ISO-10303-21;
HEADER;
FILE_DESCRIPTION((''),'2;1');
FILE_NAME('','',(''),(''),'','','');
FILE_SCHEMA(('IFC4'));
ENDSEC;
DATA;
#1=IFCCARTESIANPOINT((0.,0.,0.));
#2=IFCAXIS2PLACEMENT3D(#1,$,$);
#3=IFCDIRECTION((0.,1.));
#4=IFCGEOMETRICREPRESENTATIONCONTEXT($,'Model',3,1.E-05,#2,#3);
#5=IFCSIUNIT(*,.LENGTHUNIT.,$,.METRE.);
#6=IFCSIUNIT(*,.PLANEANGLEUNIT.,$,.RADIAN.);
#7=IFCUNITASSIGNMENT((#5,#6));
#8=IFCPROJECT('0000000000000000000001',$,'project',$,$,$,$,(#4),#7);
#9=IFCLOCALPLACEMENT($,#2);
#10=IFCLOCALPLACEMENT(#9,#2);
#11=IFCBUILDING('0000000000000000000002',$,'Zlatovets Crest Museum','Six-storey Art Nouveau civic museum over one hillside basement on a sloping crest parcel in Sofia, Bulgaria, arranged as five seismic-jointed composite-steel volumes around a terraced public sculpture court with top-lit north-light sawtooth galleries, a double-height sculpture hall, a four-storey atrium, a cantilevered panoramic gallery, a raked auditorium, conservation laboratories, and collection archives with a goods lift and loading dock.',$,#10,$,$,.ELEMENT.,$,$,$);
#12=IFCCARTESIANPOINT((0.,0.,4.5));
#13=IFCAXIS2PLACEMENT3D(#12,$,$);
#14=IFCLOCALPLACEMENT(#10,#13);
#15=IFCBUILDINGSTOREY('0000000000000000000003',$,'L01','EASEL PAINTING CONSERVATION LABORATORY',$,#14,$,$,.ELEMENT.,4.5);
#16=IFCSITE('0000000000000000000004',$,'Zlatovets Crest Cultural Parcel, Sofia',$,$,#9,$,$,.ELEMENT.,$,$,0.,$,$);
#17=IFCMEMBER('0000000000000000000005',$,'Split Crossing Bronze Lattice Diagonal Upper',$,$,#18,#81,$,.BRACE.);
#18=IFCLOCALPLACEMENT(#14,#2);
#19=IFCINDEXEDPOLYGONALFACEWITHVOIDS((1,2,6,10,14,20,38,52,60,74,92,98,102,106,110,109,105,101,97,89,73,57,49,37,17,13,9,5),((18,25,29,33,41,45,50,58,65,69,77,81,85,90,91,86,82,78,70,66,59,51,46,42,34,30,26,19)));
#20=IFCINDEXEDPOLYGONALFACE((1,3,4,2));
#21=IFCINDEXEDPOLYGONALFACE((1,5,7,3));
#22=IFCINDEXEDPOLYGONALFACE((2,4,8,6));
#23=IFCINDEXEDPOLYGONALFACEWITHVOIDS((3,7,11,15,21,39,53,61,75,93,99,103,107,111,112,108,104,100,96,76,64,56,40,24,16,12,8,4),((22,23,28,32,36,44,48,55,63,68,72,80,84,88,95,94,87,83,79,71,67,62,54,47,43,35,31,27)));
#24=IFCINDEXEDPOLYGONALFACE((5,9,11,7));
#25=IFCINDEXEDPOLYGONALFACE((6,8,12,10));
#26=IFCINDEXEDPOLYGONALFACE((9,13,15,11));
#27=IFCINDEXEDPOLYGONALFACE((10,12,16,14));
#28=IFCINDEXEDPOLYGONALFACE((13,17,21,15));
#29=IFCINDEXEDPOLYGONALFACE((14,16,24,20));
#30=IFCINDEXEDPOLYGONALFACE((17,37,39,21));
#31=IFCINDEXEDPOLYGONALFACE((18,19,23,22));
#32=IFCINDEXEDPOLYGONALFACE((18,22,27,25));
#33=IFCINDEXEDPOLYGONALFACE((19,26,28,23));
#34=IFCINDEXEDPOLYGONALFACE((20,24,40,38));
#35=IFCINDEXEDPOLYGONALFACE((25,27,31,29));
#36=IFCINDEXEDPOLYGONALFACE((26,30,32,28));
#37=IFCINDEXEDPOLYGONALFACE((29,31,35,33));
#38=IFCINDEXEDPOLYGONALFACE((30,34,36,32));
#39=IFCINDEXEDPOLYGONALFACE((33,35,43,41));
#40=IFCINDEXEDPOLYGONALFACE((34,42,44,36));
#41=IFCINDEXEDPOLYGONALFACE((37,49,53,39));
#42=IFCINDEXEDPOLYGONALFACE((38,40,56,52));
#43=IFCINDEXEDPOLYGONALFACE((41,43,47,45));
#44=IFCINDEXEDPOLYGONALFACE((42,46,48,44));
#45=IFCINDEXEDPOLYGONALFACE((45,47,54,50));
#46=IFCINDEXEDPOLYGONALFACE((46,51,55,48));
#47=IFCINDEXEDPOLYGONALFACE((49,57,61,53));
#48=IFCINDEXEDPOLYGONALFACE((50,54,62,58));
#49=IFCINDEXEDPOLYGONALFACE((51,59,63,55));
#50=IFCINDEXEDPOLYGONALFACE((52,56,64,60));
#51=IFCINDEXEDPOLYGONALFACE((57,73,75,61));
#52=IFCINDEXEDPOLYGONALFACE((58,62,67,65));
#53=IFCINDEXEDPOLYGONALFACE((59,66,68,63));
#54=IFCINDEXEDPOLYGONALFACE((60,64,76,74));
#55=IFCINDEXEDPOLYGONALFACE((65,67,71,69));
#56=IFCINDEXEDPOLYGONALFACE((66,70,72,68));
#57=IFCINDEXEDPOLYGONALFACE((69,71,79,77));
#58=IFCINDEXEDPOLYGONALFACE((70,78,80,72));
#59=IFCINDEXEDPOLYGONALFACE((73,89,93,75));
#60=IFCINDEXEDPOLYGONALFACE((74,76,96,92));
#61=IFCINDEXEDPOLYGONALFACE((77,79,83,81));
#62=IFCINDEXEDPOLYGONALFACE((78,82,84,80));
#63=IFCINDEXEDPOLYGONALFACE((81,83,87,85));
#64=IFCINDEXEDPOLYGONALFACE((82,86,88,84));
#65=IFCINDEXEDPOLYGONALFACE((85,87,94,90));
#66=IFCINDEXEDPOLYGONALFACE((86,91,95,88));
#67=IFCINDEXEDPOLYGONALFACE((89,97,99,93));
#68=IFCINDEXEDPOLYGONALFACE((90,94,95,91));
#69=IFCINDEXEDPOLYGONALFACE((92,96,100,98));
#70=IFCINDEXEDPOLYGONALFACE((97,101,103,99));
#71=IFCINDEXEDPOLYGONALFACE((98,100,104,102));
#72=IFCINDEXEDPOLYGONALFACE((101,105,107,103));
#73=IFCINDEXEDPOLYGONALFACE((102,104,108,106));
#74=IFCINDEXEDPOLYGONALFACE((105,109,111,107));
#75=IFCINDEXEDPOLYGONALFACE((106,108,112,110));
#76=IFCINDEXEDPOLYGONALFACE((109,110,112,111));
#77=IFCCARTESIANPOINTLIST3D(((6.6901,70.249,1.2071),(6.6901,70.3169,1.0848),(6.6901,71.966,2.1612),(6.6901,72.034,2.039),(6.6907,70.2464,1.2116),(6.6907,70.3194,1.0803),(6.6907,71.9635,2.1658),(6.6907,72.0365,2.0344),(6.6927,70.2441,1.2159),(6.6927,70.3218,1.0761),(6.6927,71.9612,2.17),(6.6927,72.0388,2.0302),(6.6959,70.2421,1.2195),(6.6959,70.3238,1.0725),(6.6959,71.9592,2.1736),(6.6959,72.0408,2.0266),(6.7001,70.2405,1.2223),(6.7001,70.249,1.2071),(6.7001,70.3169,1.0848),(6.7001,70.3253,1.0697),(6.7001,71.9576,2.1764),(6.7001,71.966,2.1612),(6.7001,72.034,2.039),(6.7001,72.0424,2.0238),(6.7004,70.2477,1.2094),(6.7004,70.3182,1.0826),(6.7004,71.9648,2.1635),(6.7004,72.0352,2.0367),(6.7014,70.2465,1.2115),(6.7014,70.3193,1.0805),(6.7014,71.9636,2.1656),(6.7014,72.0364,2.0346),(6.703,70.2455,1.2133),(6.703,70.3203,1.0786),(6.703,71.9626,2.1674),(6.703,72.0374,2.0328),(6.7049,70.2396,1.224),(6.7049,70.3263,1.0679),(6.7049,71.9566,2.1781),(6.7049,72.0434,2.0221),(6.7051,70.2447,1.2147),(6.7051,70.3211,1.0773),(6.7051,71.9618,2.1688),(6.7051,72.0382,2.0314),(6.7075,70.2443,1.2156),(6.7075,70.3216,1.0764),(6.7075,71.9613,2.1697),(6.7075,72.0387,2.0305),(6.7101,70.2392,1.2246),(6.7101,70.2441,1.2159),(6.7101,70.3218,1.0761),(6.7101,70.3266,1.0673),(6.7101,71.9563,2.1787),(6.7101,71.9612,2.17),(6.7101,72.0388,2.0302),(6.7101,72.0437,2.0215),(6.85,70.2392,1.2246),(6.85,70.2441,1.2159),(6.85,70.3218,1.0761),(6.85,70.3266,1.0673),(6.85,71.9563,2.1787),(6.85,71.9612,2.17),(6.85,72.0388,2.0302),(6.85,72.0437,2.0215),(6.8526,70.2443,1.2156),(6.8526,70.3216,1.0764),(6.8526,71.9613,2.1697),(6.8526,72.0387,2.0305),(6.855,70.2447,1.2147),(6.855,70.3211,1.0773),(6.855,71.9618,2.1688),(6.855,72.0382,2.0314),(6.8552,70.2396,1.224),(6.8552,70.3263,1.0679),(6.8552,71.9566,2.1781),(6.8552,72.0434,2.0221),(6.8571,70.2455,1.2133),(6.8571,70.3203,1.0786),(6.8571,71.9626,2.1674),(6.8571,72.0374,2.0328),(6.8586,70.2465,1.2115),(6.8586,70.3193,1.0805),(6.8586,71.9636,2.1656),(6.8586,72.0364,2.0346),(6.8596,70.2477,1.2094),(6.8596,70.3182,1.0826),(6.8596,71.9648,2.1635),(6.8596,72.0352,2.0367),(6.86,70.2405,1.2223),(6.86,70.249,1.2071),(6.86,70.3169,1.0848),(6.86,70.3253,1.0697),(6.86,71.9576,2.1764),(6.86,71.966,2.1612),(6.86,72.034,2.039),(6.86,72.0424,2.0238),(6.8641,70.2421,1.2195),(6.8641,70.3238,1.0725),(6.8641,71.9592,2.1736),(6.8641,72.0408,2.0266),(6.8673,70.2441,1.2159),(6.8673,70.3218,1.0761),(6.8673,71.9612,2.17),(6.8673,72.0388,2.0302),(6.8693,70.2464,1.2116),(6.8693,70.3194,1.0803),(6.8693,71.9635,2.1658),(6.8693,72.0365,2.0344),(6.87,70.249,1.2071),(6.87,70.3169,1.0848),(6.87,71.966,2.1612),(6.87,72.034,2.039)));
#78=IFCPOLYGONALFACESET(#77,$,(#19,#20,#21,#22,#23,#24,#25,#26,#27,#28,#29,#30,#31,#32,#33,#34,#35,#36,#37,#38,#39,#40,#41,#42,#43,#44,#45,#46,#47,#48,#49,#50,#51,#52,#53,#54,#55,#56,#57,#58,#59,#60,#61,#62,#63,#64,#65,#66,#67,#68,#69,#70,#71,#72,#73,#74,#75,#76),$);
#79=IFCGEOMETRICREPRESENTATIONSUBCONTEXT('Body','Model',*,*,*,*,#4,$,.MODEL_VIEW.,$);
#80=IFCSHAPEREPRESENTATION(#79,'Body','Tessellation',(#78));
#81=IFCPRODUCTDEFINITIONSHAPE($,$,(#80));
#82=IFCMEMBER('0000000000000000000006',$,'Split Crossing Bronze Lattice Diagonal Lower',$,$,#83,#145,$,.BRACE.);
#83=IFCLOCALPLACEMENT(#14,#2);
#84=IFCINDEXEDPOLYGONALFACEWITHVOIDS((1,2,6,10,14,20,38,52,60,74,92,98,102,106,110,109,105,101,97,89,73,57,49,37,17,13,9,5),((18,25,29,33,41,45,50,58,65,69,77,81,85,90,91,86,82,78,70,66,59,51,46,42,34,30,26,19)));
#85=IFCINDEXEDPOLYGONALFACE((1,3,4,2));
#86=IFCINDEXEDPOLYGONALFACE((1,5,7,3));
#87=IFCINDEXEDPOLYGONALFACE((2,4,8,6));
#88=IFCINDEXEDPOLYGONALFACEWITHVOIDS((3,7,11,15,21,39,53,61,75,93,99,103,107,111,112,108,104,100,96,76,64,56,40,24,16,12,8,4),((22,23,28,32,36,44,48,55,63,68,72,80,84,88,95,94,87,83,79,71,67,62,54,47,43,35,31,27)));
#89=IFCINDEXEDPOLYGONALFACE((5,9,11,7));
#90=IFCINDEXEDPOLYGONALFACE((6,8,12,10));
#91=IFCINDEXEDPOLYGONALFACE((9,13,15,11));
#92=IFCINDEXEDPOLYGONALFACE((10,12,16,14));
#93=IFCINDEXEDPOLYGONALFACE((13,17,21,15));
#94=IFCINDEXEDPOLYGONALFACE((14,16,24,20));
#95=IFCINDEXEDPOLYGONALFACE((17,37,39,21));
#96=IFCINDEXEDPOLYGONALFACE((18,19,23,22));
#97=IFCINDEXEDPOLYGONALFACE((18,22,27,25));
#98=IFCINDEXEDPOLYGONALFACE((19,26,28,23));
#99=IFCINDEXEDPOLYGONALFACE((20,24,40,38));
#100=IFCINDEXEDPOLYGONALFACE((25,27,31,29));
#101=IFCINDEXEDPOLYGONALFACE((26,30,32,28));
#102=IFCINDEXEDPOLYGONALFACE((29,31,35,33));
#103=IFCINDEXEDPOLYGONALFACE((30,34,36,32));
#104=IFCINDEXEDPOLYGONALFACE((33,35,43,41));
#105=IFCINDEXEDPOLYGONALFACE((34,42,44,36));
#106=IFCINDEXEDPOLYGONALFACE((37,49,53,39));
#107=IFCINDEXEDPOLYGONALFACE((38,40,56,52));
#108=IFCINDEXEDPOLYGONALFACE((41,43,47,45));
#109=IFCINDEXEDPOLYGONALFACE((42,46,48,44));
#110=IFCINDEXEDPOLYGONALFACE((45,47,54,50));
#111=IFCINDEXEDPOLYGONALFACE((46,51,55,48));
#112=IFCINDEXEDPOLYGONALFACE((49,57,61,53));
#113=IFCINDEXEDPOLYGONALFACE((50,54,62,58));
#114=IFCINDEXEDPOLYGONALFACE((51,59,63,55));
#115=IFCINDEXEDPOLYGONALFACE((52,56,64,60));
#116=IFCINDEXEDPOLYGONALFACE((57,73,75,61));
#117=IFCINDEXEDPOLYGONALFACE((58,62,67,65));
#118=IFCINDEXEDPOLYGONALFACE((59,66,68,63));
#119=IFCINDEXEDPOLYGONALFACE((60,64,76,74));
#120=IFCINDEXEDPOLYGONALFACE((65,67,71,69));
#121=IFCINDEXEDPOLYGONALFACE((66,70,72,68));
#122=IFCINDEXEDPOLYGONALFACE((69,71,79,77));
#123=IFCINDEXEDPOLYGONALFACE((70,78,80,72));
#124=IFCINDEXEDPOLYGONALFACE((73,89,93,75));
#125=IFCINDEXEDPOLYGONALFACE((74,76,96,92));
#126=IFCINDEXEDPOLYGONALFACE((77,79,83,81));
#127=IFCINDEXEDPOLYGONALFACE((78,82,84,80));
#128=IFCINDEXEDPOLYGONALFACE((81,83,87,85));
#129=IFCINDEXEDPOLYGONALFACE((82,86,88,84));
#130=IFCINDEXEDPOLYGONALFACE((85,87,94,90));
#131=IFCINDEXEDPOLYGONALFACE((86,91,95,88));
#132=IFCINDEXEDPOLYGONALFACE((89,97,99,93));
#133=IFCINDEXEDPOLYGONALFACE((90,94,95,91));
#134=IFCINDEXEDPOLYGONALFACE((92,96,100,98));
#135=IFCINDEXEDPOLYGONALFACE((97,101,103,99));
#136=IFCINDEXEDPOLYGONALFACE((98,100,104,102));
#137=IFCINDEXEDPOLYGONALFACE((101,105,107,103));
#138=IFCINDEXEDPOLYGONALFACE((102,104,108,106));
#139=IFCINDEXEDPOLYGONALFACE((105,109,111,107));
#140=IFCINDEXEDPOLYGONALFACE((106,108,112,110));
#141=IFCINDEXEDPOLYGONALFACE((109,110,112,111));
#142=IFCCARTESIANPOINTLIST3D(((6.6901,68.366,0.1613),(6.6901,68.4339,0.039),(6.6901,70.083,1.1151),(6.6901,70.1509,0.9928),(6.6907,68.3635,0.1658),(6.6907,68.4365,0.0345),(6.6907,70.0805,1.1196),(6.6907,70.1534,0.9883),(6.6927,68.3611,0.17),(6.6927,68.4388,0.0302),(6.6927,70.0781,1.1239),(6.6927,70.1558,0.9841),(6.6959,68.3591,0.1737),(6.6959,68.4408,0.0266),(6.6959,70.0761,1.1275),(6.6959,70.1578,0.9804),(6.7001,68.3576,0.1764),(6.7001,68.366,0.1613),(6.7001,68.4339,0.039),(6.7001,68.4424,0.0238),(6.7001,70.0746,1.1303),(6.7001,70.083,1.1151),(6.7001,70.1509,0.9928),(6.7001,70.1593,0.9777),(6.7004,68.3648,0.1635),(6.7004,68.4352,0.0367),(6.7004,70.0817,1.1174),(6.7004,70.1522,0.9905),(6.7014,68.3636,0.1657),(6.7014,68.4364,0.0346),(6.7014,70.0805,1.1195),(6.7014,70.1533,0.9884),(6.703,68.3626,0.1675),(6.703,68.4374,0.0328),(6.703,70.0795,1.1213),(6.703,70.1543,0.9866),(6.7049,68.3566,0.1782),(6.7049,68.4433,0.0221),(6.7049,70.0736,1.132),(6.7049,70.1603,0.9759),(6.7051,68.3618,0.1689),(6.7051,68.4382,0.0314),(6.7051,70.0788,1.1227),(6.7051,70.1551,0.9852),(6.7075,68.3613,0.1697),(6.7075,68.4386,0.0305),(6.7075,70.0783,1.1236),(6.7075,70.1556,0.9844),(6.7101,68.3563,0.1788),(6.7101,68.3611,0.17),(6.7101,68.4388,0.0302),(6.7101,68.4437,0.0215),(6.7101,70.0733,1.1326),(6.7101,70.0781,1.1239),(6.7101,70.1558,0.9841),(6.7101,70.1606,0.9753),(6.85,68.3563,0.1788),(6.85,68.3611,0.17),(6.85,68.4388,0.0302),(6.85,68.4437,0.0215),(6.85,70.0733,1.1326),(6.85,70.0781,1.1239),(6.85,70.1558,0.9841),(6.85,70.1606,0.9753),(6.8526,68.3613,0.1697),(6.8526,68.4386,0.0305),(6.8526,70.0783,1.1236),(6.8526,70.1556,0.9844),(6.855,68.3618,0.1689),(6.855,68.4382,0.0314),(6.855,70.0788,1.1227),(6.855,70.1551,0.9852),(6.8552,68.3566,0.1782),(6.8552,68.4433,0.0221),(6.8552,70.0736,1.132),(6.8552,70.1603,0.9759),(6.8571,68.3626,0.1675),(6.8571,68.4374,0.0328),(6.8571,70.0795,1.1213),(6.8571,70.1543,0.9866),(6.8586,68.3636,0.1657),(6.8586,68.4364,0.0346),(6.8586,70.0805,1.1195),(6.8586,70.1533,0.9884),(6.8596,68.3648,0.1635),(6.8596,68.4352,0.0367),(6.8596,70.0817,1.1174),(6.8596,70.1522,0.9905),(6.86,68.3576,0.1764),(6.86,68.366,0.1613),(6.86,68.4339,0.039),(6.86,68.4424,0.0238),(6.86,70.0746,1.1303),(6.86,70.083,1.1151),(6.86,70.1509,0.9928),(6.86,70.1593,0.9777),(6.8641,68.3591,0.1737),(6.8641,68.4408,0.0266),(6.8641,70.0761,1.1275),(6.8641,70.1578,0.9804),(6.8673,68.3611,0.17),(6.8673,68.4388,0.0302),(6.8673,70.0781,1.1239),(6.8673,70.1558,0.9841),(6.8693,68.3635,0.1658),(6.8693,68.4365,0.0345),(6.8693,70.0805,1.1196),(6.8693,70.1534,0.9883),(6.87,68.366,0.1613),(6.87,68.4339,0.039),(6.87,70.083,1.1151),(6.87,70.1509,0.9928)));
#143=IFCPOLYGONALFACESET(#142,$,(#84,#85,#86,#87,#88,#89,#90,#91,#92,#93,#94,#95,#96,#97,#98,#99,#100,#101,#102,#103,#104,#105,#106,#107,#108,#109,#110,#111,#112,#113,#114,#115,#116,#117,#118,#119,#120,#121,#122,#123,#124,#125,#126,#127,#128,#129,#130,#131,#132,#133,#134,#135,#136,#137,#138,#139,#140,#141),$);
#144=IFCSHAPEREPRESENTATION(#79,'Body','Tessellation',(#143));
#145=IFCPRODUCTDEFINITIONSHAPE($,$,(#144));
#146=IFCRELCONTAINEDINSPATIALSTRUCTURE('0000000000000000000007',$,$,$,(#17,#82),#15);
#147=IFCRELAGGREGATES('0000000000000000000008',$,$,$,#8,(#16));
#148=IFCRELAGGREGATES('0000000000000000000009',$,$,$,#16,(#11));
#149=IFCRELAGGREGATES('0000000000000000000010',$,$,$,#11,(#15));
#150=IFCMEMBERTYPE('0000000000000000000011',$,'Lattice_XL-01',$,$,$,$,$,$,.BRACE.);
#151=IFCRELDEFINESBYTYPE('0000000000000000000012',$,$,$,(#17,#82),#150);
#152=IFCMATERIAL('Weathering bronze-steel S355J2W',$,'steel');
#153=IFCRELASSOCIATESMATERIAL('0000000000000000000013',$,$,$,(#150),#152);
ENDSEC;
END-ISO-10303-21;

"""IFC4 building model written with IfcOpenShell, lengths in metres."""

from ifc_helpers import new_model, si_unit, direction, frame, origin, origin_2d, place, context, subcontext, project, spatial, hollow_rectangle, extrude, material, material_profile, profile_set, type_object, element, save


model = new_model("IFC4")

# Units and contexts
model_context = context("Model", 3, precision=1e-05, world=origin(), true_north=direction((0.0, 1.0)))
body_context = subcontext(model_context, "Body", "Model", "MODEL_VIEW")
ifc_project = project(units=[si_unit("LENGTHUNIT", "METRE"), si_unit("PLANEANGLEUNIT", "RADIAN")], contexts=[model_context])

# Site, building, storey
site_placement = place(None, origin())
site = spatial("IfcSite", under=ifc_project, at=site_placement, Name="Zlatovets Crest Cultural Parcel, Sofia", CompositionType="ELEMENT", RefElevation=0.0)
building_placement = place(site_placement, origin())
building = spatial("IfcBuilding", under=site, at=building_placement, Name="Zlatovets Crest Museum", Description="Six-storey Art Nouveau civic museum over one hillside basement on a sloping crest parcel in Sofia, Bulgaria, arranged as five seismic-jointed composite-steel volumes around a terraced public sculpture court with top-lit north-light sawtooth galleries, a double-height sculpture hall, a four-storey atrium, a cantilevered panoramic gallery, a raked auditorium, conservation laboratories, and collection archives with a goods lift and loading dock.", CompositionType="ELEMENT")
storey_placement = place(building_placement, frame((0.0, 0.0, 4.5)))
storey = spatial("IfcBuildingStorey", under=building, at=storey_placement, Name="L01", Description="EASEL PAINTING CONSERVATION LABORATORY", CompositionType="ELEMENT", Elevation=4.5)

# Members
ifc_material_1 = material(Name="Weathering bronze-steel S355J2W", Category="steel")
ifc_material_profile_1 = material_profile(ifc_material_1, hollow_rectangle(XDim=0.1799, YDim=0.1799, WallThickness=0.01, InnerFilletRadius=0.01, OuterFilletRadius=0.02, at=origin_2d()), Name="SHS 180x180x10.0")
ifc_profile_set_1 = profile_set([ifc_material_profile_1], Name="Weathering bronze-steel S355J2W")
member_type_1 = type_object("IfcMemberType", Name="Lattice_XL-01", PredefinedType="BRACE", material=ifc_profile_set_1)
member_1_placement = place(storey_placement, frame((6.78, 72.0, 2.1001), z_axis=(0.0, -0.874116, -0.485717), x_axis=(1.0, 0.0, 0.0)))
element("IfcMember", 1, at=member_1_placement, inside=storey, type_object=member_type_1, Name="Split Crossing Bronze Lattice Diagonal Upper", PredefinedType="BRACE", context=body_context, shape_type="SweptSolid", body=[
    extrude(hollow_rectangle(XDim=0.1799, YDim=0.1799, WallThickness=0.01, InnerFilletRadius=0.01, OuterFilletRadius=0.02, at=origin_2d()), origin(), (0.0, 0.0, 1.0), 1.9644),
])
member_2_placement = place(storey_placement, frame((6.78, 70.1169, 1.054), z_axis=(0.0, -0.874169, -0.485622), x_axis=(1.0, 0.0, 0.0)))
element("IfcMember", 2, at=member_2_placement, inside=storey, type_object=member_type_1, Name="Split Crossing Bronze Lattice Diagonal Lower", PredefinedType="BRACE", context=body_context, shape_type="SweptSolid", body=[
    extrude(hollow_rectangle(XDim=0.1799, YDim=0.1799, WallThickness=0.01, InnerFilletRadius=0.01, OuterFilletRadius=0.02, at=origin_2d()), origin(), (0.0, 0.0, 1.0), 1.9641),
])

save(model, "model.ifc")
